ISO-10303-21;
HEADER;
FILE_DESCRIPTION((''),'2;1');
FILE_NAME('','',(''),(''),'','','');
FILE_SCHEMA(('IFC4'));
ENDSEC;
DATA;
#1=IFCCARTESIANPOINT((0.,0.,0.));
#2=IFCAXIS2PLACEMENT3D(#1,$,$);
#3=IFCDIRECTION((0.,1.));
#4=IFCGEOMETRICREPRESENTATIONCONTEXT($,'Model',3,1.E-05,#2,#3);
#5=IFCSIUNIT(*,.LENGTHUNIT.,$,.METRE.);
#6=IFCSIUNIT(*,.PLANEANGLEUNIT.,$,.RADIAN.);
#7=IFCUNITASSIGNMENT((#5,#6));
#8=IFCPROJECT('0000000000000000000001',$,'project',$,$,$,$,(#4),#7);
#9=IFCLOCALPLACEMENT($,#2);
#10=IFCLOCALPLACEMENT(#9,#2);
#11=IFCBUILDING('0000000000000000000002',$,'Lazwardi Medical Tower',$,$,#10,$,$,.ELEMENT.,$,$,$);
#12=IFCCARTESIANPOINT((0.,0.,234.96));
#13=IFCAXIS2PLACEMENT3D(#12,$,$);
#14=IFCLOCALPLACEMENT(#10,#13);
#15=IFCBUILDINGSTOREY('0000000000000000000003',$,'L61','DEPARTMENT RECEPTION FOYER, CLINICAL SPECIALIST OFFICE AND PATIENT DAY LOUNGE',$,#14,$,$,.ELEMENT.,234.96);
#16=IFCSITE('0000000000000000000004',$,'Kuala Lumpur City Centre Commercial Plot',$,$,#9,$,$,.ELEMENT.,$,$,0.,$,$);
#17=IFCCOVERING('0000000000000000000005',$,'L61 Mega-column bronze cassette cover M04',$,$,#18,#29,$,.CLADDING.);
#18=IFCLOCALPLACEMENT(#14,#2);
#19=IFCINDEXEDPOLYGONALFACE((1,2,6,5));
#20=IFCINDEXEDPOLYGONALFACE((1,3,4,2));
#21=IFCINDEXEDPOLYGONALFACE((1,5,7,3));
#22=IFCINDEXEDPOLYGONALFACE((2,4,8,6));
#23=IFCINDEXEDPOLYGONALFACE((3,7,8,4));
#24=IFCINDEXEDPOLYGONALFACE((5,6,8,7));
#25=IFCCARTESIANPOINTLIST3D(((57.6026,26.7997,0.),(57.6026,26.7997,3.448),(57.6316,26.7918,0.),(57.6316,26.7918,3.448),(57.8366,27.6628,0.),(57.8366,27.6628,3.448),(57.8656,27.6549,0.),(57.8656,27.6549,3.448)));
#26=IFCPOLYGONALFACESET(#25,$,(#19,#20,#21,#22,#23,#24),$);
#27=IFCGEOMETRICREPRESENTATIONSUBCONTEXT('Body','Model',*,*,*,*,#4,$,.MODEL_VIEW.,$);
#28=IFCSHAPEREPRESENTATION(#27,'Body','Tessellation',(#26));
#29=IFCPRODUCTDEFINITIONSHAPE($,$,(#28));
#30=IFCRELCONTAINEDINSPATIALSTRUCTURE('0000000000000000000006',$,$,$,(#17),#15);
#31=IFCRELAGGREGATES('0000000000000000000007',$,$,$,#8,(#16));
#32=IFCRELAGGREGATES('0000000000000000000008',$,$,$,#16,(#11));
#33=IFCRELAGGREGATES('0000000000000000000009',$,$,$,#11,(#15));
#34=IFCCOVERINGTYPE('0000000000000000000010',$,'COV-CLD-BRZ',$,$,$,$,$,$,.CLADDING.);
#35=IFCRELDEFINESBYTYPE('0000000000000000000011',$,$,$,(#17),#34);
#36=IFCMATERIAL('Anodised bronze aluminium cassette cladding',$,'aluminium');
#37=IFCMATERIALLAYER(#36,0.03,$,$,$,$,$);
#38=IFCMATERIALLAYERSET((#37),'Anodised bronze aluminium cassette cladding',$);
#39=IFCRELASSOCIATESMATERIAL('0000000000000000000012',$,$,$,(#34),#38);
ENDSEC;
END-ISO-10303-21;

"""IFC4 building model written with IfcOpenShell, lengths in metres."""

from ifc_helpers import new_model, si_unit, direction, frame, origin, origin_2d, place, context, subcontext, project, spatial, rectangle, extrude, material, layer, layer_set, type_object, element, save


model = new_model("IFC4")

# Units and contexts
model_context = context("Model", 3, precision=1e-05, world=origin(), true_north=direction((0.0, 1.0)))
body_context = subcontext(model_context, "Body", "Model", "MODEL_VIEW")
ifc_project = project(units=[si_unit("LENGTHUNIT", "METRE"), si_unit("PLANEANGLEUNIT", "RADIAN")], contexts=[model_context])

# Site, building, storey
site_placement = place(None, origin())
site = spatial("IfcSite", under=ifc_project, at=site_placement, Name="Kuala Lumpur City Centre Commercial Plot", CompositionType="ELEMENT", RefElevation=0.0)
building_placement = place(site_placement, origin())
building = spatial("IfcBuilding", under=site, at=building_placement, Name="Lazwardi Medical Tower", CompositionType="ELEMENT")
storey_placement = place(building_placement, frame((0.0, 0.0, 234.96)))
storey = spatial("IfcBuildingStorey", under=building, at=storey_placement, Name="L61", Description="DEPARTMENT RECEPTION FOYER, CLINICAL SPECIALIST OFFICE AND PATIENT DAY LOUNGE", CompositionType="ELEMENT", Elevation=234.96)

# Covering
ifc_material_1 = material(Name="Anodised bronze aluminium cassette cladding", Category="aluminium")
ifc_layer_1 = layer(ifc_material_1, 0.03)
ifc_layer_set_1 = layer_set([ifc_layer_1], Name="Anodised bronze aluminium cassette cladding")
covering_type = type_object("IfcCoveringType", Name="COV-CLD-BRZ", PredefinedType="CLADDING", material=ifc_layer_set_1)
covering_1_placement = place(storey_placement, frame((57.7341, 27.2273, 0.0), z_axis=(0.0, 0.0, 1.0), x_axis=(0.261642, 0.965165, 0.0)))
element("IfcCovering", 1, at=covering_1_placement, inside=storey, type_object=covering_type, Name="L61 Mega-column bronze cassette cover M04", PredefinedType="CLADDING", context=body_context, shape_type="SweptSolid", body=[
    extrude(rectangle(XDim=0.8943, YDim=0.03, at=origin_2d()), origin(), (0.0, 0.0, 1.0), 3.448),
])

save(model, "model.ifc")
